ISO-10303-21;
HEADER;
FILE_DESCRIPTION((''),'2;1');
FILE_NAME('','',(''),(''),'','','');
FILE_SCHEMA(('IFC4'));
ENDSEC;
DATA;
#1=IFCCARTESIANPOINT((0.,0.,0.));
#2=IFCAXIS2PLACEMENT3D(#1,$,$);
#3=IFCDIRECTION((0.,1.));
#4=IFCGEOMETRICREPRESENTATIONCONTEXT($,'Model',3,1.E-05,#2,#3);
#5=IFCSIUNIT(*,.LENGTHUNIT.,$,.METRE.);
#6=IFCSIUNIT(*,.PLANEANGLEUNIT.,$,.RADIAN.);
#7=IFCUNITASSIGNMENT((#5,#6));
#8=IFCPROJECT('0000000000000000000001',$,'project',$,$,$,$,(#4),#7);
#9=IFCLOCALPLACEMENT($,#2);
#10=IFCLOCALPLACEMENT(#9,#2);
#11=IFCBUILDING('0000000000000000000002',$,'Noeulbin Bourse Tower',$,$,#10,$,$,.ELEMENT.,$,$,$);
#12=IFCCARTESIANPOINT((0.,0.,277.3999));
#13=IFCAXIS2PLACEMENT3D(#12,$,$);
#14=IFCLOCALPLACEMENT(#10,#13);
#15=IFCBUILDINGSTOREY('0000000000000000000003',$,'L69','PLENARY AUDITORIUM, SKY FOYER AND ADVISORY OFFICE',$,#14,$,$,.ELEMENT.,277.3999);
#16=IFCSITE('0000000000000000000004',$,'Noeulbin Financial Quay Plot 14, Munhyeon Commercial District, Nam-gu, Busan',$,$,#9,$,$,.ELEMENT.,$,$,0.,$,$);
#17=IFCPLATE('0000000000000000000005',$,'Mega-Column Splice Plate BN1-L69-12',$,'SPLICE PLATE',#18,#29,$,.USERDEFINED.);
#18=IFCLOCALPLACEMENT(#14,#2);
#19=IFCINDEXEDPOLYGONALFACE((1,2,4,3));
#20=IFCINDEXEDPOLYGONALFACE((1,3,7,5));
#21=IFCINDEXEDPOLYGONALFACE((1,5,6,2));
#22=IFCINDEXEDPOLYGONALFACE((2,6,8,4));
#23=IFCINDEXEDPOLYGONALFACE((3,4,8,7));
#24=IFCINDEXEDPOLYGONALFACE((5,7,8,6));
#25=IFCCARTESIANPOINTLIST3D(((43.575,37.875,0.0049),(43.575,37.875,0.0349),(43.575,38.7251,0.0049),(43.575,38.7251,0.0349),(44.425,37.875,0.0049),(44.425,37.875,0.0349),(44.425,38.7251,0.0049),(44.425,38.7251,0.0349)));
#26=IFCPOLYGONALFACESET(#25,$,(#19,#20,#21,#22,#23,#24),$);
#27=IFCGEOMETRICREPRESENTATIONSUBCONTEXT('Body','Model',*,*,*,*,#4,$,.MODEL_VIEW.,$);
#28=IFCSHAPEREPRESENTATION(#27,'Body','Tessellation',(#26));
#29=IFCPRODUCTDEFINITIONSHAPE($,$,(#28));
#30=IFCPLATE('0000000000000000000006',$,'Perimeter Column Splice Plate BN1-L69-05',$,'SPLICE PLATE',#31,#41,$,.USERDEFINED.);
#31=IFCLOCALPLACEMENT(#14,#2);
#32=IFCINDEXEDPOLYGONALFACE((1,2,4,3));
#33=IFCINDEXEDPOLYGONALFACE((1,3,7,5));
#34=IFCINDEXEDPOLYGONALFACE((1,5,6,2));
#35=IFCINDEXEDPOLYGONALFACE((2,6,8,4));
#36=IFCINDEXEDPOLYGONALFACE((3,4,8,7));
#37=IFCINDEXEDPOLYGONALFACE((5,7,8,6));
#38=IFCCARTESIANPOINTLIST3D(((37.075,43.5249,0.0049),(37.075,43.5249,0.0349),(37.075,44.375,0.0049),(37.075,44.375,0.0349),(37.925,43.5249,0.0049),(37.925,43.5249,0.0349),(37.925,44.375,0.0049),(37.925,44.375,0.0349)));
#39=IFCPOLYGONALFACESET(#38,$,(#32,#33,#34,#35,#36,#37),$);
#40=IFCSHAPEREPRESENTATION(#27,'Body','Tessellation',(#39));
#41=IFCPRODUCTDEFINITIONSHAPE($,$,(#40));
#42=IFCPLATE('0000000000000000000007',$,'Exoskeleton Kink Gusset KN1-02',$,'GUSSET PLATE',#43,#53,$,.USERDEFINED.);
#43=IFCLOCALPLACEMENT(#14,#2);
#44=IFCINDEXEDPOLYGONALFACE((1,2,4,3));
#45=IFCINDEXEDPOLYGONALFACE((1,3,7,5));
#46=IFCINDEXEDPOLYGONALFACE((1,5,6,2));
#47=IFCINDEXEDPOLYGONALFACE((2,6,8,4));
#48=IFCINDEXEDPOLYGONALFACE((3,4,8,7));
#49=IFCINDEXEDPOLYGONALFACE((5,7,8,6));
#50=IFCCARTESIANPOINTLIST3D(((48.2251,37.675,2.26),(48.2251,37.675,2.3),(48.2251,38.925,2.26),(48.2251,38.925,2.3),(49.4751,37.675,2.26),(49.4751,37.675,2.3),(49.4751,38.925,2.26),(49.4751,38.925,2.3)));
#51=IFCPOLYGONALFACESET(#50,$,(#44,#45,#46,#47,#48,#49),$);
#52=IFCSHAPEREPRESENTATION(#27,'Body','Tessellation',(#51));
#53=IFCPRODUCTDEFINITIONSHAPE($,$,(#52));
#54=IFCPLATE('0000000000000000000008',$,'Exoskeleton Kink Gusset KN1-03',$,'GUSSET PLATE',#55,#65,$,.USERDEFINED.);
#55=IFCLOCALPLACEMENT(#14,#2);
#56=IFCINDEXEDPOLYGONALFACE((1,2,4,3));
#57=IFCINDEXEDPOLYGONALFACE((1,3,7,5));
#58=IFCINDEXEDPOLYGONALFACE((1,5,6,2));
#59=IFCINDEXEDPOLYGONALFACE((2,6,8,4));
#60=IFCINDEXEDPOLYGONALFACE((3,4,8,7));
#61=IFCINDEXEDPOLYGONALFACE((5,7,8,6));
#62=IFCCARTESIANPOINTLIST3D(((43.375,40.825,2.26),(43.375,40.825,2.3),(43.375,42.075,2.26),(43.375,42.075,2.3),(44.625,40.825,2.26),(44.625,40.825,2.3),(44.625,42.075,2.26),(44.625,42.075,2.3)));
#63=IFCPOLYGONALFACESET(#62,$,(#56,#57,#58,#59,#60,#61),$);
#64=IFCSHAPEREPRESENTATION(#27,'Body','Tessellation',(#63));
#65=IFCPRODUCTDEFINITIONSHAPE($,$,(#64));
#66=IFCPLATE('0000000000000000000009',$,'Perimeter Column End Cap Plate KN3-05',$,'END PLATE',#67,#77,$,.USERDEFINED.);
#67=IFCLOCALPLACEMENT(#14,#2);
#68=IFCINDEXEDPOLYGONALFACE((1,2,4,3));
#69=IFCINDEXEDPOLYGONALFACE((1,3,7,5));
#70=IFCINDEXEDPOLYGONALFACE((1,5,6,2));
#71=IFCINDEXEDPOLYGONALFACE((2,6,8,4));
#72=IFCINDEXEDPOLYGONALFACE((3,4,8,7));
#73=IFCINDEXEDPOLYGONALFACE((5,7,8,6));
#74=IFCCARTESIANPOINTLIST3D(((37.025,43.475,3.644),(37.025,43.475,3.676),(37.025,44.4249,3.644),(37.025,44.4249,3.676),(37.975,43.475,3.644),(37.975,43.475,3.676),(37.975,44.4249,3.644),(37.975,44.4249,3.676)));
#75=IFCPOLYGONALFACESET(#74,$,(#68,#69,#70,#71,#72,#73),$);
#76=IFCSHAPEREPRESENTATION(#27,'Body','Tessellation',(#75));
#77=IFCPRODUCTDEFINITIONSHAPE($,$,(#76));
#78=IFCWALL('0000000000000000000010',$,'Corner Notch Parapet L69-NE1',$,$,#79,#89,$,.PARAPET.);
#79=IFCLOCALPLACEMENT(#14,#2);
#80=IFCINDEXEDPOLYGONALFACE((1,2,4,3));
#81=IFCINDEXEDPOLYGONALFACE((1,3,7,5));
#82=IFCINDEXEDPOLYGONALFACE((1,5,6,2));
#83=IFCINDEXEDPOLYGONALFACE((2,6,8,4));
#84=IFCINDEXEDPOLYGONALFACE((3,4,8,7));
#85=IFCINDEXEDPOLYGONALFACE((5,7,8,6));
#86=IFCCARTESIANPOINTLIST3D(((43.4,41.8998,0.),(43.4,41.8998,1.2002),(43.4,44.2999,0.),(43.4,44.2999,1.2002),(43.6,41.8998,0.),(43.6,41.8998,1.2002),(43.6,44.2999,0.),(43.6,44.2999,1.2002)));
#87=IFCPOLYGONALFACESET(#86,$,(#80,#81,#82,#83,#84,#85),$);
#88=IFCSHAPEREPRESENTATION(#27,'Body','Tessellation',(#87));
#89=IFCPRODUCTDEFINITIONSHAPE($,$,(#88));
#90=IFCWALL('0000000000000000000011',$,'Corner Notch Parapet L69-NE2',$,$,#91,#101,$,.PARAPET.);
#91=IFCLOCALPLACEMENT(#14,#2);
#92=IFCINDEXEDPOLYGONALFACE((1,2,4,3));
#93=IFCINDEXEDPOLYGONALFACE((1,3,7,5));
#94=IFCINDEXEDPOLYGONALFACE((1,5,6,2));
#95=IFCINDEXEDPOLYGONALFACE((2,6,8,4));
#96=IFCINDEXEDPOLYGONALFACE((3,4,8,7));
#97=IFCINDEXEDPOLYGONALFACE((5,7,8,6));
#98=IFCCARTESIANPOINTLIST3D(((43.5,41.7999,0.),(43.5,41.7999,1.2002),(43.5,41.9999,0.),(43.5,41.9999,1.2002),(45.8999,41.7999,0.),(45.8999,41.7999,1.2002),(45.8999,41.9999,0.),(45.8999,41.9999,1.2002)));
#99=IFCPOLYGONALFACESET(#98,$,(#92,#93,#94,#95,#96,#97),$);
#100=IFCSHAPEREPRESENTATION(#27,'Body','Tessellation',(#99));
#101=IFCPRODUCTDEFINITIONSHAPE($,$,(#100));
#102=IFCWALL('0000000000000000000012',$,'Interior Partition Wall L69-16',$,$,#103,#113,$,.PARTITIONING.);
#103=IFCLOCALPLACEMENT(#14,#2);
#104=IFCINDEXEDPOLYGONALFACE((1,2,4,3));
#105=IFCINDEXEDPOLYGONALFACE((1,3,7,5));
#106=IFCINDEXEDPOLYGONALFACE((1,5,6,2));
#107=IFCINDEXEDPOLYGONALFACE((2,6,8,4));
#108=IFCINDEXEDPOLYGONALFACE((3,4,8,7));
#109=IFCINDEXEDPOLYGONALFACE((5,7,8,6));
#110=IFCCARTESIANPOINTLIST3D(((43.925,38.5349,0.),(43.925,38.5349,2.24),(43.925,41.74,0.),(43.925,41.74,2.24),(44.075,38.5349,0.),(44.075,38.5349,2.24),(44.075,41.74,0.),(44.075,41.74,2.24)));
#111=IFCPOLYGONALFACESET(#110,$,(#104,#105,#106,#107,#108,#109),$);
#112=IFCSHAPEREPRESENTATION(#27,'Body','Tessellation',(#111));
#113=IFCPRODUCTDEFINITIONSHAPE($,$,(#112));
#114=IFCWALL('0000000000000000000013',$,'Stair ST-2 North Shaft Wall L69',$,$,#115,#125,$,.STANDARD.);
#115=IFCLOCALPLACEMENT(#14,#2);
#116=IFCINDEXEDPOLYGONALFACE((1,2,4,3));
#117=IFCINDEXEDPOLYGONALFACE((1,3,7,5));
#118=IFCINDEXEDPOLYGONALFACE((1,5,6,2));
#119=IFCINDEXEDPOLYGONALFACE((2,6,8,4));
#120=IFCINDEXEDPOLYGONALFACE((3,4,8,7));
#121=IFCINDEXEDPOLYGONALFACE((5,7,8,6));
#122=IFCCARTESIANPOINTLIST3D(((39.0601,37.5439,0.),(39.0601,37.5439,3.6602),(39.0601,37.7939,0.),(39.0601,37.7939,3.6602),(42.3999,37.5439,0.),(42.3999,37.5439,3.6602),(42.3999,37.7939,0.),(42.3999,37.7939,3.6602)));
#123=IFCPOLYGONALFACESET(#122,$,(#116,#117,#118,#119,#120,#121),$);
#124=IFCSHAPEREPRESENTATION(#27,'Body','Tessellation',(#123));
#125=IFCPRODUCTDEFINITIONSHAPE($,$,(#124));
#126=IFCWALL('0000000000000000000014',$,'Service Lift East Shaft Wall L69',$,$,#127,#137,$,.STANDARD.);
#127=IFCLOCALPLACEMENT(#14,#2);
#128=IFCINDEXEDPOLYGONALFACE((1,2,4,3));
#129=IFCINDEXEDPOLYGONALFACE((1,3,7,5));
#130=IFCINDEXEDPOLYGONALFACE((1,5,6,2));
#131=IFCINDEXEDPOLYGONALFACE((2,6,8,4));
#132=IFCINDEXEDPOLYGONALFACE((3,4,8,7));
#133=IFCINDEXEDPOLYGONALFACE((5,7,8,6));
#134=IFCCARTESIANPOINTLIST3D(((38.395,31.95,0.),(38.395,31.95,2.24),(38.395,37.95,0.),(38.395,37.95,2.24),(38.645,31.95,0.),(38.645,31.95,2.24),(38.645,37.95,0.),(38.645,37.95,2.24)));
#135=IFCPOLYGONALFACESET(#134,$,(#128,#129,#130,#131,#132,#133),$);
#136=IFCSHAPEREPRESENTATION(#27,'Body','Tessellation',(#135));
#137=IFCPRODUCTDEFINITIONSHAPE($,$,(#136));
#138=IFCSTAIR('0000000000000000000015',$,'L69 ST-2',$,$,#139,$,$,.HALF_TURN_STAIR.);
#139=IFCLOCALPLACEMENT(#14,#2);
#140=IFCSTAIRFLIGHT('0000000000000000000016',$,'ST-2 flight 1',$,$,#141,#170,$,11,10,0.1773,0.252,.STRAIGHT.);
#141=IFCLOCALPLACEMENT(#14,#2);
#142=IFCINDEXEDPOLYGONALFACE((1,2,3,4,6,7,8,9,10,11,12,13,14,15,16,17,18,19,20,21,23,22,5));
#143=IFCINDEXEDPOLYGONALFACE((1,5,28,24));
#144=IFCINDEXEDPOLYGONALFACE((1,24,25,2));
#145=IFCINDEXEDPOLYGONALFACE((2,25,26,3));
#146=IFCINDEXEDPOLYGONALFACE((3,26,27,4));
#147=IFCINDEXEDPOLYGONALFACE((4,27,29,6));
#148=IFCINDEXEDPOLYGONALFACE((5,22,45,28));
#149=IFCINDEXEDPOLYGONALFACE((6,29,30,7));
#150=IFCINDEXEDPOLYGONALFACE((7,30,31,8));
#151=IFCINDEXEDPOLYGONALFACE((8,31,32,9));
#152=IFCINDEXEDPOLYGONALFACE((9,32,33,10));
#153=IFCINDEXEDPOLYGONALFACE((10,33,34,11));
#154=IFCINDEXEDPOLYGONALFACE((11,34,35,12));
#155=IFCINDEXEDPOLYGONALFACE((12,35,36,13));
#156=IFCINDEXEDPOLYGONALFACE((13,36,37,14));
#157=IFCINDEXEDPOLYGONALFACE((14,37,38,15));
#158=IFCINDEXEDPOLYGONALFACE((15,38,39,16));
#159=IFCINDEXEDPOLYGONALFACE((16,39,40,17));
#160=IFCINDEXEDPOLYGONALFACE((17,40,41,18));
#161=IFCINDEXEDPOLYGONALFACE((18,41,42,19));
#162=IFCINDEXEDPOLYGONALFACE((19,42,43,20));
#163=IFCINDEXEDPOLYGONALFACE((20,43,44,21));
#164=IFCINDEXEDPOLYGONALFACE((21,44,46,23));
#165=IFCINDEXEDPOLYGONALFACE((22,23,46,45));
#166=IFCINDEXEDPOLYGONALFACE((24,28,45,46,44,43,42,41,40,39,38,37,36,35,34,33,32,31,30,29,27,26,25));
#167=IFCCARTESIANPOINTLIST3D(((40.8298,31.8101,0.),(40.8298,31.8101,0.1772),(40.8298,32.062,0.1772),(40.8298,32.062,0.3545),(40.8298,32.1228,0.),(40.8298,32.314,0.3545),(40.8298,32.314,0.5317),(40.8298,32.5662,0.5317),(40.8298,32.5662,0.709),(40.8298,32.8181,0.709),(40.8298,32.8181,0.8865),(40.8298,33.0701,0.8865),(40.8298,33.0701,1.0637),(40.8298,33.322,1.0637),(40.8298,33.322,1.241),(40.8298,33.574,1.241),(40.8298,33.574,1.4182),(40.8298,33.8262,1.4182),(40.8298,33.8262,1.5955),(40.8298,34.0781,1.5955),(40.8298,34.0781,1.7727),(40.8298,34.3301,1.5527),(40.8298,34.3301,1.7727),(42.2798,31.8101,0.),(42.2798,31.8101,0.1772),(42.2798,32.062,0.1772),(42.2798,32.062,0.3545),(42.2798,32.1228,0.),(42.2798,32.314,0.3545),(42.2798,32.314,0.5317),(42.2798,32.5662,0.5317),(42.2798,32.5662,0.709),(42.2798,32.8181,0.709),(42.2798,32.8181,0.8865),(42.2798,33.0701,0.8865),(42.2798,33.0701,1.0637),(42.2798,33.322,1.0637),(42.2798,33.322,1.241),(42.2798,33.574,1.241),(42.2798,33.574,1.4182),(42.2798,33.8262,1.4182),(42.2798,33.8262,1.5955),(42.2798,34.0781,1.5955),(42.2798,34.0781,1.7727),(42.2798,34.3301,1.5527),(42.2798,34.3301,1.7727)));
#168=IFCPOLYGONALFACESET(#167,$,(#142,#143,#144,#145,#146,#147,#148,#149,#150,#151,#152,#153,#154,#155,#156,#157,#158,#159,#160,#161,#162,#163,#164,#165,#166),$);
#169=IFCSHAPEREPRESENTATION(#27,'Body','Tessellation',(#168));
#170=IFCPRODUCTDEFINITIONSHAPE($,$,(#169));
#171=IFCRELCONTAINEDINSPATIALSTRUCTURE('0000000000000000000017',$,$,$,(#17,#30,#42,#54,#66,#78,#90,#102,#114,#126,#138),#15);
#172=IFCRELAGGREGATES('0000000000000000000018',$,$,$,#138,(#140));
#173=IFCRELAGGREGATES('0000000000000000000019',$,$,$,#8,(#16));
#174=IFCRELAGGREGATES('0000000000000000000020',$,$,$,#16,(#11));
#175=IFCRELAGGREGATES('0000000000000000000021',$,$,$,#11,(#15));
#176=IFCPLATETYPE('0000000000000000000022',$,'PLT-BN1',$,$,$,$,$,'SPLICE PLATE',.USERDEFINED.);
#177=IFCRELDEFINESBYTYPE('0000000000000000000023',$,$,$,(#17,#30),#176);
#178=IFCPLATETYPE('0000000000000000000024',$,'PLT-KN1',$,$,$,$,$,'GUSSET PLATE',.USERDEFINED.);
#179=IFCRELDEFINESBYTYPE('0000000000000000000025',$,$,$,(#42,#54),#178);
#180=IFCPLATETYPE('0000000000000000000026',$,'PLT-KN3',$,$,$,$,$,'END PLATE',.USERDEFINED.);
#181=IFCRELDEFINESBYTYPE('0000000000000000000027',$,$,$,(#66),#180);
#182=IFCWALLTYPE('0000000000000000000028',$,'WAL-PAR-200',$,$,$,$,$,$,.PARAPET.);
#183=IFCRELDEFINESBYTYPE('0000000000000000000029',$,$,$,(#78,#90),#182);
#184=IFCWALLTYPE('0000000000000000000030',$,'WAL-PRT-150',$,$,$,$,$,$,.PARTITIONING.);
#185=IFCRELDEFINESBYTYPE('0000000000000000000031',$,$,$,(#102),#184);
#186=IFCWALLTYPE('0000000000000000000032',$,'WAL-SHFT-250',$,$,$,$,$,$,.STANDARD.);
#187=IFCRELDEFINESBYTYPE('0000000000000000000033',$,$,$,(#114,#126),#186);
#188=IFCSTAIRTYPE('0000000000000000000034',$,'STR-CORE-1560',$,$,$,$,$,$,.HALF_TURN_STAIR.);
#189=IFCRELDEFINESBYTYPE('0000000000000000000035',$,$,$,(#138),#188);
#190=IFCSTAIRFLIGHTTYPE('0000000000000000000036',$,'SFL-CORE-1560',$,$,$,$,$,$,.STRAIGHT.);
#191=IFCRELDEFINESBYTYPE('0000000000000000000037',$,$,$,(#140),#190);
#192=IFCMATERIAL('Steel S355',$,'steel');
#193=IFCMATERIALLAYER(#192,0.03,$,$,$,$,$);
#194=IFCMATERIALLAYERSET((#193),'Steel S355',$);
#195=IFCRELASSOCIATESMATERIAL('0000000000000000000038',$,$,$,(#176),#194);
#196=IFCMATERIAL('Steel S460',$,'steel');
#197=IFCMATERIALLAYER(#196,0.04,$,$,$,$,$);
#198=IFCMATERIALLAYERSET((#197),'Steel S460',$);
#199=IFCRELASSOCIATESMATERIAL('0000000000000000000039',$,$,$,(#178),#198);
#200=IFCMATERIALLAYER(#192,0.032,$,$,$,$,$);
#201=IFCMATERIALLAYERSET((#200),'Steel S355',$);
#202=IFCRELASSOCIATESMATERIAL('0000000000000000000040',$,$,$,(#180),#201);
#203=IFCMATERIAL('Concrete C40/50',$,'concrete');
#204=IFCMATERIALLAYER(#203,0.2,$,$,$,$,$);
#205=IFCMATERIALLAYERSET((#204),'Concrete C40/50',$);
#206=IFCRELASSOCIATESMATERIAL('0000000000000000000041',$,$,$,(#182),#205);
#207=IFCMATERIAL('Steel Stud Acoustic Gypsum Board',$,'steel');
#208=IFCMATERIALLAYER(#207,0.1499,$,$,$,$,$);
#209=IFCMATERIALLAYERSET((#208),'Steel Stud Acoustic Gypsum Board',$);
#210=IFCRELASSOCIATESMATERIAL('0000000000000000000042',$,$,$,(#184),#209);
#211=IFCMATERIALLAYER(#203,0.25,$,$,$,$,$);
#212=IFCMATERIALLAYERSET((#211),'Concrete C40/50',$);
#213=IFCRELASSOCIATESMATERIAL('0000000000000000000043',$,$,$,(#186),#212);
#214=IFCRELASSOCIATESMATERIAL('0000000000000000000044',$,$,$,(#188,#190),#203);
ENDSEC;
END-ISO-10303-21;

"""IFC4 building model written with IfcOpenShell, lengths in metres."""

from ifc_helpers import new_model, si_unit, direction, frame, frame_2d, origin, origin_2d, place, context, subcontext, project, spatial, polyline, rectangle, outline, extrude, material, layer, layer_set, type_object, element, aggregate, save


model = new_model("IFC4")

# Units and contexts
model_context = context("Model", 3, precision=1e-05, world=origin(), true_north=direction((0.0, 1.0)))
body_context = subcontext(model_context, "Body", "Model", "MODEL_VIEW")
ifc_project = project(units=[si_unit("LENGTHUNIT", "METRE"), si_unit("PLANEANGLEUNIT", "RADIAN")], contexts=[model_context])

# Site, building, storey
site_placement = place(None, origin())
site = spatial("IfcSite", under=ifc_project, at=site_placement, Name="Noeulbin Financial Quay Plot 14, Munhyeon Commercial District, Nam-gu, Busan", CompositionType="ELEMENT", RefElevation=0.0)
building_placement = place(site_placement, origin())
building = spatial("IfcBuilding", under=site, at=building_placement, Name="Noeulbin Bourse Tower", CompositionType="ELEMENT")
storey_placement = place(building_placement, frame((0.0, 0.0, 277.3999)))
storey = spatial("IfcBuildingStorey", under=building, at=storey_placement, Name="L69", Description="PLENARY AUDITORIUM, SKY FOYER AND ADVISORY OFFICE", CompositionType="ELEMENT", Elevation=277.3999)

# Shared definitions
ifc_material_1 = material(Name="Steel S355", Category="steel")

# Shared definitions
ifc_material_2 = material(Name="Steel S460", Category="steel")

# Plates
ifc_layer_1 = layer(ifc_material_1, 0.03)
ifc_layer_set_1 = layer_set([ifc_layer_1], Name="Steel S355")
plate_type_1 = type_object("IfcPlateType", Name="PLT-BN1", ElementType="SPLICE PLATE", PredefinedType="USERDEFINED", material=ifc_layer_set_1)
for number, where, z_axis, x_axis, name in (
    (1, (44.0, 38.3, 0.0049), (0.0, 0.0, 1.0), (1.0, 0.0, 0.0), "Mega-Column Splice Plate BN1-L69-12"),
    (2, (37.5, 43.95, 0.0049), (0.0, 0.0, 1.0), (1.0, 0.0, 0.0), "Perimeter Column Splice Plate BN1-L69-05"),
):
    element("IfcPlate", number, at=place(storey_placement, frame(where, z_axis=z_axis, x_axis=x_axis)), inside=storey, type_object=plate_type_1, Name=name, ObjectType="SPLICE PLATE", PredefinedType="USERDEFINED", context=body_context, shape_type="SweptSolid", body=[
        extrude(rectangle(XDim=0.8501, YDim=0.8501, at=origin_2d()), origin(), (0.0, 0.0, 1.0), 0.03),
    ])
ifc_layer_2 = layer(ifc_material_2, 0.04)
ifc_layer_set_2 = layer_set([ifc_layer_2], Name="Steel S460")
plate_type_2 = type_object("IfcPlateType", Name="PLT-KN1", ElementType="GUSSET PLATE", PredefinedType="USERDEFINED", material=ifc_layer_set_2)
for number, where, z_axis, x_axis, name in (
    (3, (48.8501, 38.3, 2.26), (0.0, 0.0, 1.0), (1.0, 0.0, 0.0), "Exoskeleton Kink Gusset KN1-02"),
    (4, (44.0, 41.45, 2.26), (0.0, 0.0, 1.0), (1.0, 0.0, 0.0), "Exoskeleton Kink Gusset KN1-03"),
):
    element("IfcPlate", number, at=place(storey_placement, frame(where, z_axis=z_axis, x_axis=x_axis)), inside=storey, type_object=plate_type_2, Name=name, ObjectType="GUSSET PLATE", PredefinedType="USERDEFINED", context=body_context, shape_type="SweptSolid", body=[
        extrude(rectangle(XDim=1.25, YDim=1.25, at=origin_2d()), origin(), (0.0, 0.0, 1.0), 0.04),
    ])
ifc_layer_3 = layer(ifc_material_1, 0.032)
ifc_layer_set_3 = layer_set([ifc_layer_3], Name="Steel S355")
plate_type_3 = type_object("IfcPlateType", Name="PLT-KN3", ElementType="END PLATE", PredefinedType="USERDEFINED", material=ifc_layer_set_3)
plate_1_placement = place(storey_placement, frame((37.5, 43.95, 3.644), z_axis=(0.0, 0.0, 1.0), x_axis=(1.0, 0.0, 0.0)))
element("IfcPlate", 5, at=plate_1_placement, inside=storey, type_object=plate_type_3, Name="Perimeter Column End Cap Plate KN3-05", ObjectType="END PLATE", PredefinedType="USERDEFINED", context=body_context, shape_type="SweptSolid", body=[
    extrude(rectangle(XDim=0.95, YDim=0.95, at=origin_2d()), origin(), (0.0, 0.0, 1.0), 0.032),
])

# Walls
ifc_material_3 = material(Name="Concrete C40/50", Category="concrete")
ifc_layer_4 = layer(ifc_material_3, 0.2)
ifc_layer_set_4 = layer_set([ifc_layer_4], Name="Concrete C40/50")
wall_type_1 = type_object("IfcWallType", Name="WAL-PAR-200", PredefinedType="PARAPET", material=ifc_layer_set_4)
wall_1_placement = place(storey_placement, frame((43.5, 44.3, 0.0), z_axis=(0.0, 0.0, 1.0), x_axis=(0.0, -1.0, 0.0)))
element("IfcWall", 6, at=wall_1_placement, inside=storey, type_object=wall_type_1, Name="Corner Notch Parapet L69-NE1", PredefinedType="PARAPET", context=body_context, shape_type="SweptSolid", body=[
    extrude(rectangle(XDim=2.4001, YDim=0.2, at=frame_2d((1.2002, 0.0))), origin(), (0.0, 0.0, 1.0), 1.2002),
])
wall_2_placement = place(storey_placement, frame((43.5, 41.8999, 0.0), z_axis=(0.0, 0.0, 1.0), x_axis=(1.0, 0.0, 0.0)))
element("IfcWall", 7, at=wall_2_placement, inside=storey, type_object=wall_type_1, Name="Corner Notch Parapet L69-NE2", PredefinedType="PARAPET", context=body_context, shape_type="SweptSolid", body=[
    extrude(rectangle(XDim=2.3999, YDim=0.2, at=frame_2d((1.2, 0.0))), origin(), (0.0, 0.0, 1.0), 1.2002),
])
ifc_material_4 = material(Name="Steel Stud Acoustic Gypsum Board", Category="steel")
ifc_layer_5 = layer(ifc_material_4, 0.1499)
ifc_layer_set_5 = layer_set([ifc_layer_5], Name="Steel Stud Acoustic Gypsum Board")
wall_type_2 = type_object("IfcWallType", Name="WAL-PRT-150", PredefinedType="PARTITIONING", material=ifc_layer_set_5)
wall_3_placement = place(storey_placement, frame((44.0, 38.5349, 0.0), z_axis=(0.0, 0.0, 1.0), x_axis=(0.0, 1.0, 0.0)))
element("IfcWall", 8, at=wall_3_placement, inside=storey, type_object=wall_type_2, Name="Interior Partition Wall L69-16", PredefinedType="PARTITIONING", context=body_context, shape_type="SweptSolid", body=[
    extrude(rectangle(XDim=3.2051, YDim=0.1499, at=frame_2d((1.6025, 0.0))), origin(), (0.0, 0.0, 1.0), 2.24),
])
ifc_layer_6 = layer(ifc_material_3, 0.25)
ifc_layer_set_6 = layer_set([ifc_layer_6], Name="Concrete C40/50")
wall_type_3 = type_object("IfcWallType", Name="WAL-SHFT-250", PredefinedType="STANDARD", material=ifc_layer_set_6)
wall_4_placement = place(storey_placement, frame((39.0601, 37.6689, 0.0), z_axis=(0.0, 0.0, 1.0), x_axis=(1.0, 0.0, 0.0)))
element("IfcWall", 9, at=wall_4_placement, inside=storey, type_object=wall_type_3, Name="Stair ST-2 North Shaft Wall L69", PredefinedType="STANDARD", context=body_context, shape_type="SweptSolid", body=[
    extrude(rectangle(XDim=3.3398, YDim=0.25, at=frame_2d((1.6699, 0.0))), origin(), (0.0, 0.0, 1.0), 3.6602),
])
wall_5_placement = place(storey_placement, frame((38.52, 31.95, 0.0), z_axis=(0.0, 0.0, 1.0), x_axis=(0.0, 1.0, 0.0)))
element("IfcWall", 10, at=wall_5_placement, inside=storey, type_object=wall_type_3, Name="Service Lift East Shaft Wall L69", PredefinedType="STANDARD", context=body_context, shape_type="SweptSolid", body=[
    extrude(rectangle(XDim=6.0, YDim=0.25, at=frame_2d((3.0, 0.0))), origin(), (0.0, 0.0, 1.0), 2.24),
])

# Stair, stair flight
stair_type = type_object("IfcStairType", Name="STR-CORE-1560", PredefinedType="HALF_TURN_STAIR", material=ifc_material_3)
stair_placement = place(storey_placement, origin())
stair = element("IfcStair", 11, at=stair_placement, inside=storey, type_object=stair_type, Name="L69 ST-2", PredefinedType="HALF_TURN_STAIR")
stair_flight_type = type_object("IfcStairFlightType", Name="SFL-CORE-1560", PredefinedType="STRAIGHT", material=ifc_material_3)
stair_flight_1_placement = place(storey_placement, frame((41.5549, 31.8101, 0.0), z_axis=(0.0, 0.0, 1.0), x_axis=(0.0, 1.0, 0.0)))
stair_flight_1 = element("IfcStairFlight", 12, at=stair_flight_1_placement, type_object=stair_flight_type, Name="ST-2 flight 1", NumberOfRisers=11, NumberOfTreads=10, PredefinedType="STRAIGHT", RiserHeight=0.1773, TreadLength=0.252, context=body_context, shape_type="SweptSolid", body=[
    extrude(outline(polyline([(0.0, 0.0), (0.0, 0.1772), (0.252, 0.1772), (0.252, 0.3545), (0.5039, 0.3545), (0.5039, 0.5317), (0.7561, 0.5317), (0.7561, 0.709), (1.0081, 0.709), (1.0081, 0.8865), (1.26, 0.8865), (1.26, 1.0637), (1.512, 1.0637), (1.512, 1.241), (1.7639, 1.241), (1.7639, 1.4182), (2.0161, 1.4182), (2.0161, 1.5955), (2.2681, 1.5955), (2.2681, 1.7727), (2.52, 1.7727), (2.52, 1.95), (2.52, 1.5527), (0.3127, 0.0), (0.0, 0.0)])), frame((0.0, 0.7251, 0.0), z_axis=(0.0, -1.0, 0.0), x_axis=(1.0, 0.0, 0.0)), (0.0, 0.0, 1.0), 1.45),
])
aggregate(stair, [stair_flight_1])

save(model, "model.ifc")
